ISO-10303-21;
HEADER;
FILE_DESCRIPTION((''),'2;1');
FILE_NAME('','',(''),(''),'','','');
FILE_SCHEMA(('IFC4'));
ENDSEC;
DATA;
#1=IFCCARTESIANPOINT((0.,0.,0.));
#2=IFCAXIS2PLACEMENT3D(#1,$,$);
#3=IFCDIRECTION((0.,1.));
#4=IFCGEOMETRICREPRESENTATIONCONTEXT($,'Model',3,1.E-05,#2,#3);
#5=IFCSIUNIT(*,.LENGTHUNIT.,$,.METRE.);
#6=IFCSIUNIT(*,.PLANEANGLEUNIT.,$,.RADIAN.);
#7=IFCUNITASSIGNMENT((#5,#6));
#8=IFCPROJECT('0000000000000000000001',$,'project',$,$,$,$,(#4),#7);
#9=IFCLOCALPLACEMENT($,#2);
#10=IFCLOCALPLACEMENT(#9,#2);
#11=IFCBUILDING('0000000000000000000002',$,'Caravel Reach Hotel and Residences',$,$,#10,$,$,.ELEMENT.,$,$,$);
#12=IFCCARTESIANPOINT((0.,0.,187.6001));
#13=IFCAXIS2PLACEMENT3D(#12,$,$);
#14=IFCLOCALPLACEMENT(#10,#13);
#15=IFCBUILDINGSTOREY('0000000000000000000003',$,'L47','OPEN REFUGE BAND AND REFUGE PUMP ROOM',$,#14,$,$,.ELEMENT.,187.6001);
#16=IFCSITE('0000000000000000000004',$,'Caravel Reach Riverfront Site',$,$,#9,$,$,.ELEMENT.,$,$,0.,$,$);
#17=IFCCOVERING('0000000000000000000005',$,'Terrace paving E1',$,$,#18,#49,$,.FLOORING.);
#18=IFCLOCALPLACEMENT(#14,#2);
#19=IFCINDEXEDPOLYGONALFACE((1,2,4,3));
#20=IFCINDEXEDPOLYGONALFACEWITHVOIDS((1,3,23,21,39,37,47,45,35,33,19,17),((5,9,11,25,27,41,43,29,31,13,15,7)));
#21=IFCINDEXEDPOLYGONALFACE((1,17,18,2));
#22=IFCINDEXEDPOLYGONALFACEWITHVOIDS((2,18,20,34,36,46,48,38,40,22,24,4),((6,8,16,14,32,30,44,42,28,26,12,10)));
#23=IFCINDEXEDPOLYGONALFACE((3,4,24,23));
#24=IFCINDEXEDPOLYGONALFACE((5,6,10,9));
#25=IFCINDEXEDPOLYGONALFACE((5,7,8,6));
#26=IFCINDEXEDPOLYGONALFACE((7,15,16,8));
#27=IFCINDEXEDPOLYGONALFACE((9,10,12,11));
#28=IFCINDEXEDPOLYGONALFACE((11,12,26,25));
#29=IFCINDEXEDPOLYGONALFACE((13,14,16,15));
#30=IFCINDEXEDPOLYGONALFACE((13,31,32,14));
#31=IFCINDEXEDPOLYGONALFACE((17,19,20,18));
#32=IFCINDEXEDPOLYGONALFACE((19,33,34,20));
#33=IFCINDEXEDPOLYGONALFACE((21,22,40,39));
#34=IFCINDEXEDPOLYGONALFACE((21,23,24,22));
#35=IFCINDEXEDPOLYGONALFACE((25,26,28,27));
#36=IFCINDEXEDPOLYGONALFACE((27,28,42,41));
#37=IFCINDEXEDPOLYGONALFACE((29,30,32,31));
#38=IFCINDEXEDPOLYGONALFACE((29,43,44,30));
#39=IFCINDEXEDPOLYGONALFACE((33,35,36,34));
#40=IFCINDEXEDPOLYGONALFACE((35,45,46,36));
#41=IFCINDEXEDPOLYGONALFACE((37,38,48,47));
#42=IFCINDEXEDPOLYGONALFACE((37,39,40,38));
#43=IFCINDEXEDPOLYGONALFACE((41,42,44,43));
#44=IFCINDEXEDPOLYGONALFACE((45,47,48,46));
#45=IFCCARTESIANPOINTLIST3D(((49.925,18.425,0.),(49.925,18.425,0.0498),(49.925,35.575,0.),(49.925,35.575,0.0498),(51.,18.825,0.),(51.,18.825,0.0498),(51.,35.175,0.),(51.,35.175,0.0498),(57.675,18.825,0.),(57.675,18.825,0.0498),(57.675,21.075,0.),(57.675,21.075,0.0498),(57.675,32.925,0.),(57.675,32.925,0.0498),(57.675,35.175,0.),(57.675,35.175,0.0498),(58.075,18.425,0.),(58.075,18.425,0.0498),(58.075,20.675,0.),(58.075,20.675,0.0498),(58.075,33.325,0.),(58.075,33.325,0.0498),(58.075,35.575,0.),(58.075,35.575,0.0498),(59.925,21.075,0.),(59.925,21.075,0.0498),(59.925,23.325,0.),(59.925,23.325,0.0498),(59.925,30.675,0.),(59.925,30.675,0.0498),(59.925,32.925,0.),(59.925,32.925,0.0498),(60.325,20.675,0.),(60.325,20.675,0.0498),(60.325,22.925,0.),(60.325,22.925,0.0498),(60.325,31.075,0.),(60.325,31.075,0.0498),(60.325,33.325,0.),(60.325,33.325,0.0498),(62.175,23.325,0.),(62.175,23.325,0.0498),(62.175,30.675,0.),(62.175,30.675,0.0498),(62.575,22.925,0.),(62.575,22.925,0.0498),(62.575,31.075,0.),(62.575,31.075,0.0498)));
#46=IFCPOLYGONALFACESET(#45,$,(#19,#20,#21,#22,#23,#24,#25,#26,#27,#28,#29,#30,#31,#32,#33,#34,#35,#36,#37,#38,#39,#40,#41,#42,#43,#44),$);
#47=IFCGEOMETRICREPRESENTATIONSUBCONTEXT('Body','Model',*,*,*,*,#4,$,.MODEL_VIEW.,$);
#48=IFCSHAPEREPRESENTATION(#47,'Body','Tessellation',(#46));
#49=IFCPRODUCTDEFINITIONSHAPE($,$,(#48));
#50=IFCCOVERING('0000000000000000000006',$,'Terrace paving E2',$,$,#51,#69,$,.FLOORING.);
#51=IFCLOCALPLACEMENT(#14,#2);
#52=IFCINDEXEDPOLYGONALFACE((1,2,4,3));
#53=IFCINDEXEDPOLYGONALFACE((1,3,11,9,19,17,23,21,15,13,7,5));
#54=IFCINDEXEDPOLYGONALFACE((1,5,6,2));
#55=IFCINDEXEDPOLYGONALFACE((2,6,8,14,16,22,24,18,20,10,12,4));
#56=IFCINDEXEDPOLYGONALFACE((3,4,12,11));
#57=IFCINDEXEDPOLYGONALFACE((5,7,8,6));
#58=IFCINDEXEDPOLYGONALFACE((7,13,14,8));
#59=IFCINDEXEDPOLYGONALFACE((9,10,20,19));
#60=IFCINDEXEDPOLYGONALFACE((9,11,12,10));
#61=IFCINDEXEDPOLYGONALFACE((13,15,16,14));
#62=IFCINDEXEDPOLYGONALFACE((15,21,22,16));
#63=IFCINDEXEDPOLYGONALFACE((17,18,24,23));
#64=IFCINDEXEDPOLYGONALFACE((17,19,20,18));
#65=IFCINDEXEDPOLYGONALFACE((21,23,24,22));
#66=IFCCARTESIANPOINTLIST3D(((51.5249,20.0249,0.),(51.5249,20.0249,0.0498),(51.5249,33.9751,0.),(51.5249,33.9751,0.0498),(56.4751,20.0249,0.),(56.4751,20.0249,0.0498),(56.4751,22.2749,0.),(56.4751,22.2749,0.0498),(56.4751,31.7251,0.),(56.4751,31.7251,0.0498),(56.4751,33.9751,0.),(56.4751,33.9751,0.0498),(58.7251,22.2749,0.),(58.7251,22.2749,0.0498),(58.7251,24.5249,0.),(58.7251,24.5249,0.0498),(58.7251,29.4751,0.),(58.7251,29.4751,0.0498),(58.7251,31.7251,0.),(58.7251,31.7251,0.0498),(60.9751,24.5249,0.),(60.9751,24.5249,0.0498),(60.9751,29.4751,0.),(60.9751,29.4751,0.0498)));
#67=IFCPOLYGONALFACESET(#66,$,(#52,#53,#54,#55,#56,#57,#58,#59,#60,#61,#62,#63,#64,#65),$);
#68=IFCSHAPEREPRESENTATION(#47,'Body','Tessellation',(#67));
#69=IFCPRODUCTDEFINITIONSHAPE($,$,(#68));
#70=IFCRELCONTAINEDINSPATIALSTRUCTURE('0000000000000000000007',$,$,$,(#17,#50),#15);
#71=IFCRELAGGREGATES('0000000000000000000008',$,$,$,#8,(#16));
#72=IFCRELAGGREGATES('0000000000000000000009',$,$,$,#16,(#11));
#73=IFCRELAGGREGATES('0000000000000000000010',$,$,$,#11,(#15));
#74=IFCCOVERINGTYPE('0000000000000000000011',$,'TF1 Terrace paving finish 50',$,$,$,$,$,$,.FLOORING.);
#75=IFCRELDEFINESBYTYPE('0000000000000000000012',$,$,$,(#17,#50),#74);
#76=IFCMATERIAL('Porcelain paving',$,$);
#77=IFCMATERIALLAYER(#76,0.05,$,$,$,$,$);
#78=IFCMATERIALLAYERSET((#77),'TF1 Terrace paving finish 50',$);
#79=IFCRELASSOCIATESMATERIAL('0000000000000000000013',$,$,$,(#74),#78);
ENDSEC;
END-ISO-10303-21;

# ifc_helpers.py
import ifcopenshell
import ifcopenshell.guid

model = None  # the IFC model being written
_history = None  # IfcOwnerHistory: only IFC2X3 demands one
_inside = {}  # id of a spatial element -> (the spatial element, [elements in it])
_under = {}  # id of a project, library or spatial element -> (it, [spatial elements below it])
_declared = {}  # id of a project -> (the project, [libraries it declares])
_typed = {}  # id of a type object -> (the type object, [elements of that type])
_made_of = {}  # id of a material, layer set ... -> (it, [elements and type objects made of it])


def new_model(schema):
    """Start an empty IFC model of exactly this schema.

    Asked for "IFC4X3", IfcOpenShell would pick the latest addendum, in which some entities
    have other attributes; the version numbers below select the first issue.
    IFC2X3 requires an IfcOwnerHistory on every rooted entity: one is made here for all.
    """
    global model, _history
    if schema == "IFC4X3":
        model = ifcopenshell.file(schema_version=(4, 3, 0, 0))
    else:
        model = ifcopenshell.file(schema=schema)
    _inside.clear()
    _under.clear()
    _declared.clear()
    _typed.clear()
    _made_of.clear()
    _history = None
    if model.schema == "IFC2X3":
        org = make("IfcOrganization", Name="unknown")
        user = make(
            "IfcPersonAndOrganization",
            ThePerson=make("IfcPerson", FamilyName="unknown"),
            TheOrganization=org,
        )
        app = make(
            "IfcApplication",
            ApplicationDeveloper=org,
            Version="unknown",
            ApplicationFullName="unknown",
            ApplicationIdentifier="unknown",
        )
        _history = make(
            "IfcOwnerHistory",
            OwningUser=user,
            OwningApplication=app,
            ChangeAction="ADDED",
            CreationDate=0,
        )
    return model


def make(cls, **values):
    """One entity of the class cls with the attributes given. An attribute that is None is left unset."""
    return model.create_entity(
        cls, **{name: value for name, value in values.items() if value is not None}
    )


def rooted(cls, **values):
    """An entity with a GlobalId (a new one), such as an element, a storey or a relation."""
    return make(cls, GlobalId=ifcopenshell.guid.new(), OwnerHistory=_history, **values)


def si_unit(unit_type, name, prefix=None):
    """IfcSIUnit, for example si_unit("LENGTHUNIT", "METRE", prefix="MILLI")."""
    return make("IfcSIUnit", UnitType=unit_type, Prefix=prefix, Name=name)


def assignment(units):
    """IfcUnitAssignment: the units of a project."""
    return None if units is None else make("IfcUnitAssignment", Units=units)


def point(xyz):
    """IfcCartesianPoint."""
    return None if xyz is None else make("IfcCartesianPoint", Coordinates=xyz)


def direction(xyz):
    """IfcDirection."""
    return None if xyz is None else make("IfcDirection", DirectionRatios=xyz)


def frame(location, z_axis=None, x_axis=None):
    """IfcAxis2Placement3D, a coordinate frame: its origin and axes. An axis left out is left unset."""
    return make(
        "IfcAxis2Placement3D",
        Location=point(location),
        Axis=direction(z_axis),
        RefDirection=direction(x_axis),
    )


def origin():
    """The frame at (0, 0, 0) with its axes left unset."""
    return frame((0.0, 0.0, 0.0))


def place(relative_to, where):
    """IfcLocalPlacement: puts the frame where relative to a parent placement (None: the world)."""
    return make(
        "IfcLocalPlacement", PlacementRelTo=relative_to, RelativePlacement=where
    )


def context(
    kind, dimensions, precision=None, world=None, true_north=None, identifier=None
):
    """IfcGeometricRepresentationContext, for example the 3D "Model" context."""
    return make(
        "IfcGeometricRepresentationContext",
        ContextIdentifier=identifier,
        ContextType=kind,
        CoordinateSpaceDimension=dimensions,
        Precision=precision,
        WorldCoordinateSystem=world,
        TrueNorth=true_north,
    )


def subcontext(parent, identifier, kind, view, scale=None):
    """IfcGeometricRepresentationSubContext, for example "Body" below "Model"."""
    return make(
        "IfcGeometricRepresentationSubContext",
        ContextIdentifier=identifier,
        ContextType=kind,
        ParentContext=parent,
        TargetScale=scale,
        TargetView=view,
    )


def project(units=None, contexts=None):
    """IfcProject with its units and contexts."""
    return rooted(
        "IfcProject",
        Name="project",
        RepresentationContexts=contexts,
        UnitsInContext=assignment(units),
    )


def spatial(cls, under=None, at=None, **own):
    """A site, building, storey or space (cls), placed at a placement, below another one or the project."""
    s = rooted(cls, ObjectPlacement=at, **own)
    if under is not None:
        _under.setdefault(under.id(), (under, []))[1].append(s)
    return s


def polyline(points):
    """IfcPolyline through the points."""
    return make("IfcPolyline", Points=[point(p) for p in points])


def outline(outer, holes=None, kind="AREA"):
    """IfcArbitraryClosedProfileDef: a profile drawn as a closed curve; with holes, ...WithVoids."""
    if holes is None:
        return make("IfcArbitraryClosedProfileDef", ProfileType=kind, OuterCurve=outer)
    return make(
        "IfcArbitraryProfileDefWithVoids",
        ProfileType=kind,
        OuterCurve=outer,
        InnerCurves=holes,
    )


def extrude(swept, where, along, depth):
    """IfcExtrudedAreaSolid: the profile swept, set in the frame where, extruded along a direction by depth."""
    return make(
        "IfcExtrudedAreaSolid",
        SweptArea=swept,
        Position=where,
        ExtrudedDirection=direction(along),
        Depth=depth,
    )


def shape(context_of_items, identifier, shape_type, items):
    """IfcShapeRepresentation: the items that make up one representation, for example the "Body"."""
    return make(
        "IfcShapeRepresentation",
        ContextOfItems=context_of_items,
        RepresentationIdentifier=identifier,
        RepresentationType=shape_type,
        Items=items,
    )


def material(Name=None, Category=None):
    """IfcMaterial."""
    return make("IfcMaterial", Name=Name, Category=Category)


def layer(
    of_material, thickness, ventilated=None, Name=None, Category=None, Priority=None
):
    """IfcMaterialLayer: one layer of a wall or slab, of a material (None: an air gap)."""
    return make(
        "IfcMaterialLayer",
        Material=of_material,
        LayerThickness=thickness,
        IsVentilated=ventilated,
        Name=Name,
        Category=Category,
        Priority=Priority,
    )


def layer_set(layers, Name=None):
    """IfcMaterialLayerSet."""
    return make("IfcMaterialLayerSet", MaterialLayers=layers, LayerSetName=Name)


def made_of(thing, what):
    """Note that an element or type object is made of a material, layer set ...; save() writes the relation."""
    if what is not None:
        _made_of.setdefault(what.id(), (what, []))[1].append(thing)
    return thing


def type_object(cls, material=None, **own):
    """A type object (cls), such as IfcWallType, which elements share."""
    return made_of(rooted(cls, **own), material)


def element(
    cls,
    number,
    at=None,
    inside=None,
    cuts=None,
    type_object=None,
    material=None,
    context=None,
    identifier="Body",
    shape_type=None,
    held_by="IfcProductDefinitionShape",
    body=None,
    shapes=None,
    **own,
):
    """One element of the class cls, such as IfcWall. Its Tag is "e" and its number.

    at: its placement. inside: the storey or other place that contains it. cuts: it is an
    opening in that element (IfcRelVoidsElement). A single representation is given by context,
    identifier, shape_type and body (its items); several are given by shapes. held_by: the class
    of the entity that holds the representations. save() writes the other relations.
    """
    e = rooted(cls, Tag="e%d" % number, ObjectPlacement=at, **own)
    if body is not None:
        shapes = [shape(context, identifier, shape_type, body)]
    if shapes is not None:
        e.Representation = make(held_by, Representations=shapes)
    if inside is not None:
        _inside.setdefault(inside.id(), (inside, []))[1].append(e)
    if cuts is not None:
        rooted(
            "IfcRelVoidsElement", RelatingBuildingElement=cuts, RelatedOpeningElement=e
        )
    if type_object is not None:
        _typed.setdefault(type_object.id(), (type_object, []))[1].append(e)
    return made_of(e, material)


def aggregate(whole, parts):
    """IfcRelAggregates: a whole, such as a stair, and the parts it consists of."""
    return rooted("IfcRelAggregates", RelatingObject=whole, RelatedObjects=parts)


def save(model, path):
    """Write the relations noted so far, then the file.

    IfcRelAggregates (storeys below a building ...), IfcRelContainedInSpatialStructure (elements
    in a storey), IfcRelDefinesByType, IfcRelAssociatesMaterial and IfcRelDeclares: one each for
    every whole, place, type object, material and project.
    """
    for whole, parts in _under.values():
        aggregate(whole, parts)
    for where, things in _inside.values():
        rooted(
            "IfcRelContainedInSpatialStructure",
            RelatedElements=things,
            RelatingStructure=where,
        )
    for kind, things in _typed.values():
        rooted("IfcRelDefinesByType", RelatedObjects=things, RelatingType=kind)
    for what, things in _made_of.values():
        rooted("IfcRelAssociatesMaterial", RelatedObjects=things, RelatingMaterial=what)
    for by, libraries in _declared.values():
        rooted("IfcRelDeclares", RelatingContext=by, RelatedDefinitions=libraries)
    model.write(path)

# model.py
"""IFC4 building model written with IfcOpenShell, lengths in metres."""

from ifc_helpers import new_model, si_unit, direction, frame, origin, place, context, subcontext, project, spatial, polyline, outline, extrude, material, layer, layer_set, type_object, element, save


model = new_model("IFC4")

# Units and contexts
model_context = context("Model", 3, precision=1e-05, world=origin(), true_north=direction((0.0, 1.0)))
body_context = subcontext(model_context, "Body", "Model", "MODEL_VIEW")
ifc_project = project(units=[si_unit("LENGTHUNIT", "METRE"), si_unit("PLANEANGLEUNIT", "RADIAN")], contexts=[model_context])

# Site, building, storey
site_placement = place(None, origin())
site = spatial("IfcSite", under=ifc_project, at=site_placement, Name="Caravel Reach Riverfront Site", CompositionType="ELEMENT", RefElevation=0.0)
building_placement = place(site_placement, origin())
building = spatial("IfcBuilding", under=site, at=building_placement, Name="Caravel Reach Hotel and Residences", CompositionType="ELEMENT")
storey_placement = place(building_placement, frame((0.0, 0.0, 187.6001)))
storey = spatial("IfcBuildingStorey", under=building, at=storey_placement, Name="L47", Description="OPEN REFUGE BAND AND REFUGE PUMP ROOM", CompositionType="ELEMENT", Elevation=187.6001)

# Coverings
ifc_material_1 = material(Name="Porcelain paving")
ifc_layer_1 = layer(ifc_material_1, 0.05)
ifc_layer_set_1 = layer_set([ifc_layer_1], Name="TF1 Terrace paving finish 50")
covering_type_1 = type_object("IfcCoveringType", Name="TF1 Terrace paving finish 50", PredefinedType="FLOORING", material=ifc_layer_set_1)
covering_1_placement = place(storey_placement, origin())
element("IfcCovering", 1, at=covering_1_placement, inside=storey, type_object=covering_type_1, Name="Terrace paving E1", PredefinedType="FLOORING", context=body_context, shape_type="SweptSolid", body=[
    extrude(outline(polyline([(58.075, 33.325), (58.075, 35.575), (49.925, 35.575), (49.925, 18.425), (58.075, 18.425), (58.075, 20.675), (60.325, 20.675), (60.325, 22.925), (62.575, 22.925), (62.575, 31.075), (60.325, 31.075), (60.325, 33.325), (58.075, 33.325)]), holes=[polyline([(57.675, 32.925), (59.925, 32.925), (59.925, 30.675), (62.175, 30.675), (62.175, 23.325), (59.925, 23.325), (59.925, 21.075), (57.675, 21.075), (57.675, 18.825), (51.0, 18.825), (51.0, 35.175), (57.675, 35.175), (57.675, 32.925)])]), origin(), (0.0, 0.0, 1.0), 0.0498),
])
covering_2_placement = place(storey_placement, origin())
element("IfcCovering", 2, at=covering_2_placement, inside=storey, type_object=covering_type_1, Name="Terrace paving E2", PredefinedType="FLOORING", context=body_context, shape_type="SweptSolid", body=[
    extrude(outline(polyline([(51.5249, 33.9751), (51.5249, 20.0249), (56.4751, 20.0249), (56.4751, 22.2749), (58.7251, 22.2749), (58.7251, 24.5249), (60.9751, 24.5249), (60.9751, 29.4751), (58.7251, 29.4751), (58.7251, 31.7251), (56.4751, 31.7251), (56.4751, 33.9751), (51.5249, 33.9751)])), origin(), (0.0, 0.0, 1.0), 0.0498),
])

save(model, "model.ifc")
